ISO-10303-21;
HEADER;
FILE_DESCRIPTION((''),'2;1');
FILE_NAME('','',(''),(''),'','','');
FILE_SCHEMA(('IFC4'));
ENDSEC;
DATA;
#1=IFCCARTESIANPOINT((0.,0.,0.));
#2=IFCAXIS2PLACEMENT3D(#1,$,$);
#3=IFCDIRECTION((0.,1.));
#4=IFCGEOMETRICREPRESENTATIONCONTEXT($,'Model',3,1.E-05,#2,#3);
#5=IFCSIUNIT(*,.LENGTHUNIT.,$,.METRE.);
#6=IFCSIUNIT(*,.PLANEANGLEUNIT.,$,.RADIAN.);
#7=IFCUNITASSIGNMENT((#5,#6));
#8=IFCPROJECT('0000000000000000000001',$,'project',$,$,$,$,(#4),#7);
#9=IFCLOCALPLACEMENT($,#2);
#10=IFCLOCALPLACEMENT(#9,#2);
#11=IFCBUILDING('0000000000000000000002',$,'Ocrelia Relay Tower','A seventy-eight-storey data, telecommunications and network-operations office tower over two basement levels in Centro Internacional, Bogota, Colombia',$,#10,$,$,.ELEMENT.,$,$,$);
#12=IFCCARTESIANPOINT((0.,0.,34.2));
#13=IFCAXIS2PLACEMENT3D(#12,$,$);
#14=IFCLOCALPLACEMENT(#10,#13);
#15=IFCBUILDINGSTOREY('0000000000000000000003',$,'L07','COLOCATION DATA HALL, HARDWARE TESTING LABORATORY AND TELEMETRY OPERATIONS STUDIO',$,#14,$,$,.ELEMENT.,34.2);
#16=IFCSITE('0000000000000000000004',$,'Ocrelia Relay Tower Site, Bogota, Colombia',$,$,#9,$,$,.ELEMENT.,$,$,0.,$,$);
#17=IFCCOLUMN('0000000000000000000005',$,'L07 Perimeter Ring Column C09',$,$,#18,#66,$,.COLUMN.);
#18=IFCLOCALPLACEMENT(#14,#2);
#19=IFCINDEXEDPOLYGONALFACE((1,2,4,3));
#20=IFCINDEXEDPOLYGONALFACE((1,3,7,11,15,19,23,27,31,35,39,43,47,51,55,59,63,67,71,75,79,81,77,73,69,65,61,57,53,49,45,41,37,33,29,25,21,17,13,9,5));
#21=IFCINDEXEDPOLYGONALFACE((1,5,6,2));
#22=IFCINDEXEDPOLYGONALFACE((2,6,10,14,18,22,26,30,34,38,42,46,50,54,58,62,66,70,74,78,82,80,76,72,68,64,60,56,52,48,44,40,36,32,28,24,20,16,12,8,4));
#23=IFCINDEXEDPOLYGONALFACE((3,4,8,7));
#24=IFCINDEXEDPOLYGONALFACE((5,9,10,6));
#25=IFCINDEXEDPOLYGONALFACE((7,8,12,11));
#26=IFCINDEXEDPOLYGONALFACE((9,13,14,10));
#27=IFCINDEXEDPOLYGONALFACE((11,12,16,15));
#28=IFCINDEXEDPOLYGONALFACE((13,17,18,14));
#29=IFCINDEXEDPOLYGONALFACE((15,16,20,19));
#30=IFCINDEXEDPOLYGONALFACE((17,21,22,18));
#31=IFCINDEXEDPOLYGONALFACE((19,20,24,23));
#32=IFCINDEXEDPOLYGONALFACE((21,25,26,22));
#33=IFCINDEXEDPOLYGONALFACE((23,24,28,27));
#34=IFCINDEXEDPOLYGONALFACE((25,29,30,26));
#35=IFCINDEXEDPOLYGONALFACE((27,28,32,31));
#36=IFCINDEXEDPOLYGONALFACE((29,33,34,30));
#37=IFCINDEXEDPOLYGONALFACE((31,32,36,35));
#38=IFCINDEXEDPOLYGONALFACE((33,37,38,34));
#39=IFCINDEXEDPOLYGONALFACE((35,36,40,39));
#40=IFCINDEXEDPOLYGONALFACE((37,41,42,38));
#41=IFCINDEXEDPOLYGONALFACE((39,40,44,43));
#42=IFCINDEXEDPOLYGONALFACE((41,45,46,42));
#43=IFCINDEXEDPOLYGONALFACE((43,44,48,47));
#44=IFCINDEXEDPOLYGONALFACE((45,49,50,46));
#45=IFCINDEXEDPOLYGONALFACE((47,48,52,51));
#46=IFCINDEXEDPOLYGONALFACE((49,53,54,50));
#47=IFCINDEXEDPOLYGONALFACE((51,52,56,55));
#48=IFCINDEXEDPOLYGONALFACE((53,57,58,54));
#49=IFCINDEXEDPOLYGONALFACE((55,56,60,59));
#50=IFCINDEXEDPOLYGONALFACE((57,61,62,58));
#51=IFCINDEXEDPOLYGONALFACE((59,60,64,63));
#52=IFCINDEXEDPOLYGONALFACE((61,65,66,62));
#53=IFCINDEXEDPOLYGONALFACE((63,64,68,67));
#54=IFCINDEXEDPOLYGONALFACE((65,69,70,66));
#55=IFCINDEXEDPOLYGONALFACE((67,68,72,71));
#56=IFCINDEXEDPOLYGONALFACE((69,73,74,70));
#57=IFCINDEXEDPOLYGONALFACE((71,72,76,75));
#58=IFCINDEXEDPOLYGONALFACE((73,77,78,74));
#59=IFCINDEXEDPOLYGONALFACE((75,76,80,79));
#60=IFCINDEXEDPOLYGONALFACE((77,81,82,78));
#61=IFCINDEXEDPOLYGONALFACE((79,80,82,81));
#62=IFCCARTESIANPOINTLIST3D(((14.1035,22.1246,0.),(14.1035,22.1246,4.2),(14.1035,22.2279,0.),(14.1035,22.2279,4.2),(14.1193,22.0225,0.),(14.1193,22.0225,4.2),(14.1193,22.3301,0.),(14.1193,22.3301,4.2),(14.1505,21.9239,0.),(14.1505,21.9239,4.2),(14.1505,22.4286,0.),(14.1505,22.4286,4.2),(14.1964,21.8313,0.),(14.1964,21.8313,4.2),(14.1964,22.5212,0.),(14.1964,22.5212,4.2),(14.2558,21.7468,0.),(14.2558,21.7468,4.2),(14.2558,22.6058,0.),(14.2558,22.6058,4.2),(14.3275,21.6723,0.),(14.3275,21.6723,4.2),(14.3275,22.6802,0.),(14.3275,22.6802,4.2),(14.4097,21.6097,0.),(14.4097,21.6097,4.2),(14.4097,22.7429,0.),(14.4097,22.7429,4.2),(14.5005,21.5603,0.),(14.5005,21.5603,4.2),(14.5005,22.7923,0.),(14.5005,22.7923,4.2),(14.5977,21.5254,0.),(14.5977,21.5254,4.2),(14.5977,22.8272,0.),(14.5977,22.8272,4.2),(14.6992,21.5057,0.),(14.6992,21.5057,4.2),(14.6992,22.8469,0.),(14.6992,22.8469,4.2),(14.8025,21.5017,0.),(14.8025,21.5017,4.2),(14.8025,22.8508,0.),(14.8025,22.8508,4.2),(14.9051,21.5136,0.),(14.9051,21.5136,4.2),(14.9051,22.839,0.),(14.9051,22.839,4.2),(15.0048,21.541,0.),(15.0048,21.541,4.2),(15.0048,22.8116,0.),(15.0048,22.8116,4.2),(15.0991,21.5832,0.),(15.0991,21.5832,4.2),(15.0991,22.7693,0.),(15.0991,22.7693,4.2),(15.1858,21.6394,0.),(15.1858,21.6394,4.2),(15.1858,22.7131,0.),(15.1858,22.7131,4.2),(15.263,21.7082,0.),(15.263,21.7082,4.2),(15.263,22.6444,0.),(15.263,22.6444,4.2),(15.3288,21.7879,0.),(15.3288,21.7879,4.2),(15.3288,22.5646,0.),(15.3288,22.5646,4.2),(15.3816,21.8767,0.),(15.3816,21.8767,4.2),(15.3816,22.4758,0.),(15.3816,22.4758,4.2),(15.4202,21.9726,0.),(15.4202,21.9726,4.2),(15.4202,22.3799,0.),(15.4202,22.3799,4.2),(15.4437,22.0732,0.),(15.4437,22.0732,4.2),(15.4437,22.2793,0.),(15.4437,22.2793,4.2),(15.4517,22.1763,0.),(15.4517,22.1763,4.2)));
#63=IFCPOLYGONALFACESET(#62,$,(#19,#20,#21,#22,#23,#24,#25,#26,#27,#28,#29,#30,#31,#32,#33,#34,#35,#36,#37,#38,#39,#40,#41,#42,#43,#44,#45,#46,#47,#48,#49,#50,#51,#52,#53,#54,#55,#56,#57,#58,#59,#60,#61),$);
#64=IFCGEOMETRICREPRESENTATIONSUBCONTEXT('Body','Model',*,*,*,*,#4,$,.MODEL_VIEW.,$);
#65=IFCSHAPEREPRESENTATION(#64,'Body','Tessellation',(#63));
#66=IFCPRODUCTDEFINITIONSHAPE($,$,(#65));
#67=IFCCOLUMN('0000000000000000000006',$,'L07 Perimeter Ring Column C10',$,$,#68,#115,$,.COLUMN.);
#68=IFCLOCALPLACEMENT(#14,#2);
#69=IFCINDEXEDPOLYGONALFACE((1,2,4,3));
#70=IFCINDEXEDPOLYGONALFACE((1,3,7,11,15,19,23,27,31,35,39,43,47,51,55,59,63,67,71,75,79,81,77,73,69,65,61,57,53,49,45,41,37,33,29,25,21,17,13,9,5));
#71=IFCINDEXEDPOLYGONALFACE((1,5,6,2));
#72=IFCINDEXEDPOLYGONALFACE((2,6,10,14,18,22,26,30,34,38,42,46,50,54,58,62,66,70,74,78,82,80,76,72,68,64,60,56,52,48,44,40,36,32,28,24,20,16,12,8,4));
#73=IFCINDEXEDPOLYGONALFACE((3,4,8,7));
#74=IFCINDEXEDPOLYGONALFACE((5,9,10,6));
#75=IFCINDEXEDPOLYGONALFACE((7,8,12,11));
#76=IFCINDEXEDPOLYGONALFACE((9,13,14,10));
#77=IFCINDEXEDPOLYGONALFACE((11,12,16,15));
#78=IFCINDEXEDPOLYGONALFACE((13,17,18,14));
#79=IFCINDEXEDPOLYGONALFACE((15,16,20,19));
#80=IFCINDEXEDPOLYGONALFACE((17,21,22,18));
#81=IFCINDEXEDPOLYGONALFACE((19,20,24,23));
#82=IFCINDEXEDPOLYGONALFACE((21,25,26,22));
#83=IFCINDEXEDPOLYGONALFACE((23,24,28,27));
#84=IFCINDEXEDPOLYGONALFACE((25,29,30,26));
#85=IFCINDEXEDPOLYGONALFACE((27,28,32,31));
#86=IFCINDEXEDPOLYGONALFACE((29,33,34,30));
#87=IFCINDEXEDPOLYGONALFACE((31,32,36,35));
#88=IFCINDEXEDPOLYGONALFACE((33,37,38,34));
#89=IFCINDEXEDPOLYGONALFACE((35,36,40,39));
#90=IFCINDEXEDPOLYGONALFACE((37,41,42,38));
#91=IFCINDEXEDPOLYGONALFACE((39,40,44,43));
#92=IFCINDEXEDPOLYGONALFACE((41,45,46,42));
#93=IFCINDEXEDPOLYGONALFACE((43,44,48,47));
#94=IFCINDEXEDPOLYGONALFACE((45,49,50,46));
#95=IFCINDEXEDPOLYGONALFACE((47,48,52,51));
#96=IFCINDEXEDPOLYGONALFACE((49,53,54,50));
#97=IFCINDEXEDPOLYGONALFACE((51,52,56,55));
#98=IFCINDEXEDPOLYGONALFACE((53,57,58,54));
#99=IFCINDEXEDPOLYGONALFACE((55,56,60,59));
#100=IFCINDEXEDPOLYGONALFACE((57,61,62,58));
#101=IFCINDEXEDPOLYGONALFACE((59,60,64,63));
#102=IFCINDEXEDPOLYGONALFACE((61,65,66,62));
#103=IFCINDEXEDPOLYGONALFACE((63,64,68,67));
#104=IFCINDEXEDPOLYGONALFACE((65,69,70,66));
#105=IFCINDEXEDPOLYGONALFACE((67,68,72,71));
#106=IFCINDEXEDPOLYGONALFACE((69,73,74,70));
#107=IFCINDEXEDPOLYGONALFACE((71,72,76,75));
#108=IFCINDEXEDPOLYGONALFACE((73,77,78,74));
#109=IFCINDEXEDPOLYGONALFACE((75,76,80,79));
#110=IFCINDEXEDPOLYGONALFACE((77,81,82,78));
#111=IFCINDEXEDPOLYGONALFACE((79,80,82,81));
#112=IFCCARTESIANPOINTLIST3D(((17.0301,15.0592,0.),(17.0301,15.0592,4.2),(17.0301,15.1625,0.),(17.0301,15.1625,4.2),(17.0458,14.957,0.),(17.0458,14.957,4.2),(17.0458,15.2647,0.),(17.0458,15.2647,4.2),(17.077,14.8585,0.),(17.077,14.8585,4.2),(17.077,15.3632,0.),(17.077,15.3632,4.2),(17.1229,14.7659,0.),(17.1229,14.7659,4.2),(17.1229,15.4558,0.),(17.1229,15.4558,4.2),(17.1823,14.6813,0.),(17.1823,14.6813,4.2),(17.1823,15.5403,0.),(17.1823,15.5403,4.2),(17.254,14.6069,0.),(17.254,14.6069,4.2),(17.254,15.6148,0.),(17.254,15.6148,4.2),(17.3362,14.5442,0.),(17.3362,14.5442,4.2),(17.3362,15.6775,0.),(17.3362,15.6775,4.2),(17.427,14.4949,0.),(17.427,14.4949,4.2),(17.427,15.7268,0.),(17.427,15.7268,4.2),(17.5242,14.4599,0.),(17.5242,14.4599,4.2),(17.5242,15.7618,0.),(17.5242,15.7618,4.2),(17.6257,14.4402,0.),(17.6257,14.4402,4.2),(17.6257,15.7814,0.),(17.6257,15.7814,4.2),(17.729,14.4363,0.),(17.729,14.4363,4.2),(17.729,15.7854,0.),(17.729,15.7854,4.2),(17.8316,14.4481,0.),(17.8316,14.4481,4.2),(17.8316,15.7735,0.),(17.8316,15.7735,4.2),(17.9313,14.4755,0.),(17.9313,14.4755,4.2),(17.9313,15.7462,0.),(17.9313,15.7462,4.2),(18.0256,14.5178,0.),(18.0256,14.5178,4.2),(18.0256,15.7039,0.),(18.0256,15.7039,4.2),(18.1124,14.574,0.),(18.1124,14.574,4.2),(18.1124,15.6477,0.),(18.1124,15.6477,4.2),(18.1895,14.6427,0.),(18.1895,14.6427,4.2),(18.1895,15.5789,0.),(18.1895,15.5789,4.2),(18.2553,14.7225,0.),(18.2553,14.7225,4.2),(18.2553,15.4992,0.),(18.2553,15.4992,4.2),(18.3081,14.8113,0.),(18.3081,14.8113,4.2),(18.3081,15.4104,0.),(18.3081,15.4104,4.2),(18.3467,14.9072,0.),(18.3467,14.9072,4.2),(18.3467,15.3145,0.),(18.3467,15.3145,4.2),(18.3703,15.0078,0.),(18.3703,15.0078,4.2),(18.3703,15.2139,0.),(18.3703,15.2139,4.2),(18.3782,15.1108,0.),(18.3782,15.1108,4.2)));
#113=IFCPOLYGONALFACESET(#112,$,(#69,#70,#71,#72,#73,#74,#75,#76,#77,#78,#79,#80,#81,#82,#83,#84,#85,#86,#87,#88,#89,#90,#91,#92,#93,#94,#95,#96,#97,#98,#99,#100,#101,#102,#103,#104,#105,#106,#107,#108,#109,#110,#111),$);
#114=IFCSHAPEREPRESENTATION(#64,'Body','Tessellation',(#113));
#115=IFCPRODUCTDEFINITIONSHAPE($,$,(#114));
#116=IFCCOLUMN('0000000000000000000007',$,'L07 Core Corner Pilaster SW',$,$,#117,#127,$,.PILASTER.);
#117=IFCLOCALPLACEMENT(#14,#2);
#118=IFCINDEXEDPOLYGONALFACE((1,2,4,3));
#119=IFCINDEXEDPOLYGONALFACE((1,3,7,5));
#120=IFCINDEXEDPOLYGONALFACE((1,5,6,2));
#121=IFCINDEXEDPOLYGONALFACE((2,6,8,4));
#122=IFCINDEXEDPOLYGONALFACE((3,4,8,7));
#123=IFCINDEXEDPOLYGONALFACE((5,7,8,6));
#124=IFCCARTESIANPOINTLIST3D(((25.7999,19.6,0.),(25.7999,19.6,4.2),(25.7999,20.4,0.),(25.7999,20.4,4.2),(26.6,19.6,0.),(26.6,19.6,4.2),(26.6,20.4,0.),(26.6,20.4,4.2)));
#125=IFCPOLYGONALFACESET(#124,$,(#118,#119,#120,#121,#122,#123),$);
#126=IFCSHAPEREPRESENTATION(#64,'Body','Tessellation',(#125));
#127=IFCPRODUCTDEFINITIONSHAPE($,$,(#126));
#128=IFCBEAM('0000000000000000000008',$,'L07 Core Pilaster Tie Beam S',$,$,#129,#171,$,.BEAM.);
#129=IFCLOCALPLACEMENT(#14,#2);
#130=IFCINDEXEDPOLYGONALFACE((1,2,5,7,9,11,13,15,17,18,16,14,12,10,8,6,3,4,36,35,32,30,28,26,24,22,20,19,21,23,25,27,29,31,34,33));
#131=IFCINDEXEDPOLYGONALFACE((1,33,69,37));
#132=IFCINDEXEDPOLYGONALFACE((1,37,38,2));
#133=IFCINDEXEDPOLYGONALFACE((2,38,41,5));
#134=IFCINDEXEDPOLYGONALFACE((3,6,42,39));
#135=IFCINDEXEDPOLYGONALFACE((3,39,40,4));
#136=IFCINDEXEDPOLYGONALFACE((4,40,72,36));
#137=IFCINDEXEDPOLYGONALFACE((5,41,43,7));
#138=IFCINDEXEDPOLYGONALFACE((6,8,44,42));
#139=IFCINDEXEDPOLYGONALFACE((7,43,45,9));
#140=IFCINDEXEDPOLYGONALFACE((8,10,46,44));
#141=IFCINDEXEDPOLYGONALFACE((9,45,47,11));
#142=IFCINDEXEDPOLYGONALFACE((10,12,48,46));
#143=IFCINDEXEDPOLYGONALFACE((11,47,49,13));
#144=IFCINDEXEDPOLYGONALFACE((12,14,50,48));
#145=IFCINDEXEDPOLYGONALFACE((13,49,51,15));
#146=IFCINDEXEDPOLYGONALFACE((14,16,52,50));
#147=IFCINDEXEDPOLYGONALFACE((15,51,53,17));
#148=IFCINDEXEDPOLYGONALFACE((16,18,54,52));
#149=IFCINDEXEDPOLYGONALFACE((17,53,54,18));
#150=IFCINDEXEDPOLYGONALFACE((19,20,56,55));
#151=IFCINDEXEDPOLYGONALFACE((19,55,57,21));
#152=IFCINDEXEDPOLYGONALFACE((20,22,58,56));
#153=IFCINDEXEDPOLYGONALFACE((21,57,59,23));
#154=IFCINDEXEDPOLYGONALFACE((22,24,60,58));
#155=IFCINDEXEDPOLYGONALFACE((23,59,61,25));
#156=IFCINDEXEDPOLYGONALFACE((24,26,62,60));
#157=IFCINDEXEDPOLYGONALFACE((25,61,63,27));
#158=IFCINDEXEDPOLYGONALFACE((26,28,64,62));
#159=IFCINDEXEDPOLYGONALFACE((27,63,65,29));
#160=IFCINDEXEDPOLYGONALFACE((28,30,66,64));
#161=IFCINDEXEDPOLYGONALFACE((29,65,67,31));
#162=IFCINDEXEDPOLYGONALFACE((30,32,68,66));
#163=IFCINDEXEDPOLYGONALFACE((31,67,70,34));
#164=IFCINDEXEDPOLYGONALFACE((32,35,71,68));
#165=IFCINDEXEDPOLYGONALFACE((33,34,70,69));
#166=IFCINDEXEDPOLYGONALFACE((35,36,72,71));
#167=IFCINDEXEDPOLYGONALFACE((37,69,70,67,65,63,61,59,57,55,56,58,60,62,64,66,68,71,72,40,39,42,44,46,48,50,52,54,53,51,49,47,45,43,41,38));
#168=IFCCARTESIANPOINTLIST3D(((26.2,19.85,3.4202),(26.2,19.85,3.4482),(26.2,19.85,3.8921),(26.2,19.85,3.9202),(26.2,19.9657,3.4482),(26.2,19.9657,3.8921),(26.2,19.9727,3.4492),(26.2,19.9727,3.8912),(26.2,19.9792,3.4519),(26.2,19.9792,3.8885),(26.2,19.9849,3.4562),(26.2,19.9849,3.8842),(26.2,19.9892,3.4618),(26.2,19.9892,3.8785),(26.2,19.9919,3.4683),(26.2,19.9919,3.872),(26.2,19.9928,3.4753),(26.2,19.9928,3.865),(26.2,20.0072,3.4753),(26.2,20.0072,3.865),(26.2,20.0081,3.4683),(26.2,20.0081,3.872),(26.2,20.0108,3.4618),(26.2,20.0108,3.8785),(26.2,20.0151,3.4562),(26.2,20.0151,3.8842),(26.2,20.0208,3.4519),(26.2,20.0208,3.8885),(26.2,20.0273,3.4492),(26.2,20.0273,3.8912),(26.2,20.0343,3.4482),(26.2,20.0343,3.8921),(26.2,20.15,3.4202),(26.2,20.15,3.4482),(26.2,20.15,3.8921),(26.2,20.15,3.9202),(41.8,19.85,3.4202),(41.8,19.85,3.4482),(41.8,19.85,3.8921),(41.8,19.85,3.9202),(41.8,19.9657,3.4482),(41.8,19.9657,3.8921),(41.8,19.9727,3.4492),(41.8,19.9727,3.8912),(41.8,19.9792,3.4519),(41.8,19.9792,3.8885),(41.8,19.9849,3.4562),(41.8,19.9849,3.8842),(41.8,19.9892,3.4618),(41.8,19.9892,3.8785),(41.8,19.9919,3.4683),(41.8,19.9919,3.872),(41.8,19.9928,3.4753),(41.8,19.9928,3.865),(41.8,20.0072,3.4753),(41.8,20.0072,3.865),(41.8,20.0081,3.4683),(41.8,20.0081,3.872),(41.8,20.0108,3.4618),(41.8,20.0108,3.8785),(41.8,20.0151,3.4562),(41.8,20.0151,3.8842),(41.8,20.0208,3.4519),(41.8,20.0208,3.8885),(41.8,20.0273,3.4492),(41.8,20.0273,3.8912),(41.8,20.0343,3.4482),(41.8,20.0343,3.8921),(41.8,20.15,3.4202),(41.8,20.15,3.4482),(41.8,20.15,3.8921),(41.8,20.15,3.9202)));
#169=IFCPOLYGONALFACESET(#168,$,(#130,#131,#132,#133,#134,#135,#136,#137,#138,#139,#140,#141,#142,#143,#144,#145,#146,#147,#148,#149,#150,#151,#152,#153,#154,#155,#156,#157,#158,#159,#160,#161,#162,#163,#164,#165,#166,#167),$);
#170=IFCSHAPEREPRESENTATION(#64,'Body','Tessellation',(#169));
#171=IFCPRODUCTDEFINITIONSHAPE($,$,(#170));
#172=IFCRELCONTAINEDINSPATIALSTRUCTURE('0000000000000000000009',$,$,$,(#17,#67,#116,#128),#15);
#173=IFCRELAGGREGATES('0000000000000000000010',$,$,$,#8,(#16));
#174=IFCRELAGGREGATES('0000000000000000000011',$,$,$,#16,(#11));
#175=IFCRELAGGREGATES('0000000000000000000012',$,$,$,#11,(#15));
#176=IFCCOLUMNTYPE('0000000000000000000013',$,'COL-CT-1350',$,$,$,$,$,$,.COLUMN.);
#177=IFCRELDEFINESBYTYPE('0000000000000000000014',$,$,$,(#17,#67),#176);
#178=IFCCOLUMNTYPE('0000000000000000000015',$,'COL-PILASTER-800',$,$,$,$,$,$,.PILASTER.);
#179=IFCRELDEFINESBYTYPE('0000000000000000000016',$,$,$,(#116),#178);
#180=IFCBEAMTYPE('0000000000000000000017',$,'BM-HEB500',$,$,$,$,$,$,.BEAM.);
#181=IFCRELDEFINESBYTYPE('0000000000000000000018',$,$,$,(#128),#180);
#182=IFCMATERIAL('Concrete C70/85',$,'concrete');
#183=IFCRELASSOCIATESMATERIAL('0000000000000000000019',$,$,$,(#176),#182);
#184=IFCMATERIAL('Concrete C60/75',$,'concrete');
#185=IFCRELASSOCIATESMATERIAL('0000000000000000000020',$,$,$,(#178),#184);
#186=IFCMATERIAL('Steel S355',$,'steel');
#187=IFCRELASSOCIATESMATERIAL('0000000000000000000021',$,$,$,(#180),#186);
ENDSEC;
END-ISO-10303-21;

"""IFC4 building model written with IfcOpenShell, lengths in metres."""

from ifc_helpers import new_model, si_unit, direction, frame, origin, origin_2d, place, context, subcontext, project, spatial, rectangle, circle, i_section, extrude, material, material_profile, profile_set, type_object, element, save


model = new_model("IFC4")

# Units and contexts
model_context = context("Model", 3, precision=1e-05, world=origin(), true_north=direction((0.0, 1.0)))
body_context = subcontext(model_context, "Body", "Model", "MODEL_VIEW")
ifc_project = project(units=[si_unit("LENGTHUNIT", "METRE"), si_unit("PLANEANGLEUNIT", "RADIAN")], contexts=[model_context])

# Site, building, storey
site_placement = place(None, origin())
site = spatial("IfcSite", under=ifc_project, at=site_placement, Name="Ocrelia Relay Tower Site, Bogota, Colombia", CompositionType="ELEMENT", RefElevation=0.0)
building_placement = place(site_placement, origin())
building = spatial("IfcBuilding", under=site, at=building_placement, Name="Ocrelia Relay Tower", Description="A seventy-eight-storey data, telecommunications and network-operations office tower over two basement levels in Centro Internacional, Bogota, Colombia", CompositionType="ELEMENT")
storey_placement = place(building_placement, frame((0.0, 0.0, 34.2)))
storey = spatial("IfcBuildingStorey", under=building, at=storey_placement, Name="L07", Description="COLOCATION DATA HALL, HARDWARE TESTING LABORATORY AND TELEMETRY OPERATIONS STUDIO", CompositionType="ELEMENT", Elevation=34.2)

# Columns
ifc_material_1 = material(Name="Concrete C70/85", Category="concrete")
ifc_material_profile_1 = material_profile(ifc_material_1, circle(Radius=0.675, at=origin_2d()), Name="RC-CIR-1350")
ifc_profile_set_1 = profile_set([ifc_material_profile_1], Name="Concrete C70/85")
column_type_1 = type_object("IfcColumnType", Name="COL-CT-1350", PredefinedType="COLUMN", material=ifc_profile_set_1)
for number, where, z_axis, x_axis, name in (
    (1, (14.7766, 22.1763, 0.0), (0.0, 0.0, 1.0), (1.0, 0.0, 0.0), "L07 Perimeter Ring Column C09"),
    (2, (17.7031, 15.1108, 0.0), (0.0, 0.0, 1.0), (1.0, 0.0, 0.0), "L07 Perimeter Ring Column C10"),
):
    element("IfcColumn", number, at=place(storey_placement, frame(where, z_axis=z_axis, x_axis=x_axis)), inside=storey, type_object=column_type_1, Name=name, PredefinedType="COLUMN", context=body_context, shape_type="SweptSolid", body=[
        extrude(circle(Radius=0.675, at=origin_2d()), origin(), (0.0, 0.0, 1.0), 4.2),
    ])
ifc_material_2 = material(Name="Concrete C60/75", Category="concrete")
ifc_material_profile_2 = material_profile(ifc_material_2, rectangle(XDim=0.8, YDim=0.8, at=origin_2d()), Name="RC-COL-800x800")
ifc_profile_set_2 = profile_set([ifc_material_profile_2], Name="Concrete C60/75")
column_type_2 = type_object("IfcColumnType", Name="COL-PILASTER-800", PredefinedType="PILASTER", material=ifc_profile_set_2)
column_placement = place(storey_placement, frame((26.2, 20.0, 0.0), z_axis=(0.0, 0.0, 1.0), x_axis=(1.0, 0.0, 0.0)))
element("IfcColumn", 3, at=column_placement, inside=storey, type_object=column_type_2, Name="L07 Core Corner Pilaster SW", PredefinedType="PILASTER", context=body_context, shape_type="SweptSolid", body=[
    extrude(rectangle(XDim=0.8, YDim=0.8, at=origin_2d()), origin(), (0.0, 0.0, 1.0), 4.2),
])

# Beam
ifc_material_3 = material(Name="Steel S355", Category="steel")
ifc_material_profile_3 = material_profile(ifc_material_3, i_section(OverallWidth=0.3, OverallDepth=0.5, WebThickness=0.0144, FlangeThickness=0.0281, FilletRadius=0.0271, at=origin_2d()), Name="HEB 500")
ifc_profile_set_3 = profile_set([ifc_material_profile_3], Name="Steel S355")
beam_type_1 = type_object("IfcBeamType", Name="BM-HEB500", PredefinedType="BEAM", material=ifc_profile_set_3)
beam_1_placement = place(storey_placement, frame((26.2, 20.0, 3.6702), z_axis=(1.0, 0.0, 0.0), x_axis=(0.0, 1.0, 0.0)))
element("IfcBeam", 4, at=beam_1_placement, inside=storey, type_object=beam_type_1, Name="L07 Core Pilaster Tie Beam S", PredefinedType="BEAM", context=body_context, shape_type="SweptSolid", body=[
    extrude(i_section(OverallWidth=0.3, OverallDepth=0.5, WebThickness=0.0144, FlangeThickness=0.0281, FilletRadius=0.0271, at=origin_2d()), origin(), (0.0, 0.0, 1.0), 15.6001),
])

save(model, "model.ifc")
